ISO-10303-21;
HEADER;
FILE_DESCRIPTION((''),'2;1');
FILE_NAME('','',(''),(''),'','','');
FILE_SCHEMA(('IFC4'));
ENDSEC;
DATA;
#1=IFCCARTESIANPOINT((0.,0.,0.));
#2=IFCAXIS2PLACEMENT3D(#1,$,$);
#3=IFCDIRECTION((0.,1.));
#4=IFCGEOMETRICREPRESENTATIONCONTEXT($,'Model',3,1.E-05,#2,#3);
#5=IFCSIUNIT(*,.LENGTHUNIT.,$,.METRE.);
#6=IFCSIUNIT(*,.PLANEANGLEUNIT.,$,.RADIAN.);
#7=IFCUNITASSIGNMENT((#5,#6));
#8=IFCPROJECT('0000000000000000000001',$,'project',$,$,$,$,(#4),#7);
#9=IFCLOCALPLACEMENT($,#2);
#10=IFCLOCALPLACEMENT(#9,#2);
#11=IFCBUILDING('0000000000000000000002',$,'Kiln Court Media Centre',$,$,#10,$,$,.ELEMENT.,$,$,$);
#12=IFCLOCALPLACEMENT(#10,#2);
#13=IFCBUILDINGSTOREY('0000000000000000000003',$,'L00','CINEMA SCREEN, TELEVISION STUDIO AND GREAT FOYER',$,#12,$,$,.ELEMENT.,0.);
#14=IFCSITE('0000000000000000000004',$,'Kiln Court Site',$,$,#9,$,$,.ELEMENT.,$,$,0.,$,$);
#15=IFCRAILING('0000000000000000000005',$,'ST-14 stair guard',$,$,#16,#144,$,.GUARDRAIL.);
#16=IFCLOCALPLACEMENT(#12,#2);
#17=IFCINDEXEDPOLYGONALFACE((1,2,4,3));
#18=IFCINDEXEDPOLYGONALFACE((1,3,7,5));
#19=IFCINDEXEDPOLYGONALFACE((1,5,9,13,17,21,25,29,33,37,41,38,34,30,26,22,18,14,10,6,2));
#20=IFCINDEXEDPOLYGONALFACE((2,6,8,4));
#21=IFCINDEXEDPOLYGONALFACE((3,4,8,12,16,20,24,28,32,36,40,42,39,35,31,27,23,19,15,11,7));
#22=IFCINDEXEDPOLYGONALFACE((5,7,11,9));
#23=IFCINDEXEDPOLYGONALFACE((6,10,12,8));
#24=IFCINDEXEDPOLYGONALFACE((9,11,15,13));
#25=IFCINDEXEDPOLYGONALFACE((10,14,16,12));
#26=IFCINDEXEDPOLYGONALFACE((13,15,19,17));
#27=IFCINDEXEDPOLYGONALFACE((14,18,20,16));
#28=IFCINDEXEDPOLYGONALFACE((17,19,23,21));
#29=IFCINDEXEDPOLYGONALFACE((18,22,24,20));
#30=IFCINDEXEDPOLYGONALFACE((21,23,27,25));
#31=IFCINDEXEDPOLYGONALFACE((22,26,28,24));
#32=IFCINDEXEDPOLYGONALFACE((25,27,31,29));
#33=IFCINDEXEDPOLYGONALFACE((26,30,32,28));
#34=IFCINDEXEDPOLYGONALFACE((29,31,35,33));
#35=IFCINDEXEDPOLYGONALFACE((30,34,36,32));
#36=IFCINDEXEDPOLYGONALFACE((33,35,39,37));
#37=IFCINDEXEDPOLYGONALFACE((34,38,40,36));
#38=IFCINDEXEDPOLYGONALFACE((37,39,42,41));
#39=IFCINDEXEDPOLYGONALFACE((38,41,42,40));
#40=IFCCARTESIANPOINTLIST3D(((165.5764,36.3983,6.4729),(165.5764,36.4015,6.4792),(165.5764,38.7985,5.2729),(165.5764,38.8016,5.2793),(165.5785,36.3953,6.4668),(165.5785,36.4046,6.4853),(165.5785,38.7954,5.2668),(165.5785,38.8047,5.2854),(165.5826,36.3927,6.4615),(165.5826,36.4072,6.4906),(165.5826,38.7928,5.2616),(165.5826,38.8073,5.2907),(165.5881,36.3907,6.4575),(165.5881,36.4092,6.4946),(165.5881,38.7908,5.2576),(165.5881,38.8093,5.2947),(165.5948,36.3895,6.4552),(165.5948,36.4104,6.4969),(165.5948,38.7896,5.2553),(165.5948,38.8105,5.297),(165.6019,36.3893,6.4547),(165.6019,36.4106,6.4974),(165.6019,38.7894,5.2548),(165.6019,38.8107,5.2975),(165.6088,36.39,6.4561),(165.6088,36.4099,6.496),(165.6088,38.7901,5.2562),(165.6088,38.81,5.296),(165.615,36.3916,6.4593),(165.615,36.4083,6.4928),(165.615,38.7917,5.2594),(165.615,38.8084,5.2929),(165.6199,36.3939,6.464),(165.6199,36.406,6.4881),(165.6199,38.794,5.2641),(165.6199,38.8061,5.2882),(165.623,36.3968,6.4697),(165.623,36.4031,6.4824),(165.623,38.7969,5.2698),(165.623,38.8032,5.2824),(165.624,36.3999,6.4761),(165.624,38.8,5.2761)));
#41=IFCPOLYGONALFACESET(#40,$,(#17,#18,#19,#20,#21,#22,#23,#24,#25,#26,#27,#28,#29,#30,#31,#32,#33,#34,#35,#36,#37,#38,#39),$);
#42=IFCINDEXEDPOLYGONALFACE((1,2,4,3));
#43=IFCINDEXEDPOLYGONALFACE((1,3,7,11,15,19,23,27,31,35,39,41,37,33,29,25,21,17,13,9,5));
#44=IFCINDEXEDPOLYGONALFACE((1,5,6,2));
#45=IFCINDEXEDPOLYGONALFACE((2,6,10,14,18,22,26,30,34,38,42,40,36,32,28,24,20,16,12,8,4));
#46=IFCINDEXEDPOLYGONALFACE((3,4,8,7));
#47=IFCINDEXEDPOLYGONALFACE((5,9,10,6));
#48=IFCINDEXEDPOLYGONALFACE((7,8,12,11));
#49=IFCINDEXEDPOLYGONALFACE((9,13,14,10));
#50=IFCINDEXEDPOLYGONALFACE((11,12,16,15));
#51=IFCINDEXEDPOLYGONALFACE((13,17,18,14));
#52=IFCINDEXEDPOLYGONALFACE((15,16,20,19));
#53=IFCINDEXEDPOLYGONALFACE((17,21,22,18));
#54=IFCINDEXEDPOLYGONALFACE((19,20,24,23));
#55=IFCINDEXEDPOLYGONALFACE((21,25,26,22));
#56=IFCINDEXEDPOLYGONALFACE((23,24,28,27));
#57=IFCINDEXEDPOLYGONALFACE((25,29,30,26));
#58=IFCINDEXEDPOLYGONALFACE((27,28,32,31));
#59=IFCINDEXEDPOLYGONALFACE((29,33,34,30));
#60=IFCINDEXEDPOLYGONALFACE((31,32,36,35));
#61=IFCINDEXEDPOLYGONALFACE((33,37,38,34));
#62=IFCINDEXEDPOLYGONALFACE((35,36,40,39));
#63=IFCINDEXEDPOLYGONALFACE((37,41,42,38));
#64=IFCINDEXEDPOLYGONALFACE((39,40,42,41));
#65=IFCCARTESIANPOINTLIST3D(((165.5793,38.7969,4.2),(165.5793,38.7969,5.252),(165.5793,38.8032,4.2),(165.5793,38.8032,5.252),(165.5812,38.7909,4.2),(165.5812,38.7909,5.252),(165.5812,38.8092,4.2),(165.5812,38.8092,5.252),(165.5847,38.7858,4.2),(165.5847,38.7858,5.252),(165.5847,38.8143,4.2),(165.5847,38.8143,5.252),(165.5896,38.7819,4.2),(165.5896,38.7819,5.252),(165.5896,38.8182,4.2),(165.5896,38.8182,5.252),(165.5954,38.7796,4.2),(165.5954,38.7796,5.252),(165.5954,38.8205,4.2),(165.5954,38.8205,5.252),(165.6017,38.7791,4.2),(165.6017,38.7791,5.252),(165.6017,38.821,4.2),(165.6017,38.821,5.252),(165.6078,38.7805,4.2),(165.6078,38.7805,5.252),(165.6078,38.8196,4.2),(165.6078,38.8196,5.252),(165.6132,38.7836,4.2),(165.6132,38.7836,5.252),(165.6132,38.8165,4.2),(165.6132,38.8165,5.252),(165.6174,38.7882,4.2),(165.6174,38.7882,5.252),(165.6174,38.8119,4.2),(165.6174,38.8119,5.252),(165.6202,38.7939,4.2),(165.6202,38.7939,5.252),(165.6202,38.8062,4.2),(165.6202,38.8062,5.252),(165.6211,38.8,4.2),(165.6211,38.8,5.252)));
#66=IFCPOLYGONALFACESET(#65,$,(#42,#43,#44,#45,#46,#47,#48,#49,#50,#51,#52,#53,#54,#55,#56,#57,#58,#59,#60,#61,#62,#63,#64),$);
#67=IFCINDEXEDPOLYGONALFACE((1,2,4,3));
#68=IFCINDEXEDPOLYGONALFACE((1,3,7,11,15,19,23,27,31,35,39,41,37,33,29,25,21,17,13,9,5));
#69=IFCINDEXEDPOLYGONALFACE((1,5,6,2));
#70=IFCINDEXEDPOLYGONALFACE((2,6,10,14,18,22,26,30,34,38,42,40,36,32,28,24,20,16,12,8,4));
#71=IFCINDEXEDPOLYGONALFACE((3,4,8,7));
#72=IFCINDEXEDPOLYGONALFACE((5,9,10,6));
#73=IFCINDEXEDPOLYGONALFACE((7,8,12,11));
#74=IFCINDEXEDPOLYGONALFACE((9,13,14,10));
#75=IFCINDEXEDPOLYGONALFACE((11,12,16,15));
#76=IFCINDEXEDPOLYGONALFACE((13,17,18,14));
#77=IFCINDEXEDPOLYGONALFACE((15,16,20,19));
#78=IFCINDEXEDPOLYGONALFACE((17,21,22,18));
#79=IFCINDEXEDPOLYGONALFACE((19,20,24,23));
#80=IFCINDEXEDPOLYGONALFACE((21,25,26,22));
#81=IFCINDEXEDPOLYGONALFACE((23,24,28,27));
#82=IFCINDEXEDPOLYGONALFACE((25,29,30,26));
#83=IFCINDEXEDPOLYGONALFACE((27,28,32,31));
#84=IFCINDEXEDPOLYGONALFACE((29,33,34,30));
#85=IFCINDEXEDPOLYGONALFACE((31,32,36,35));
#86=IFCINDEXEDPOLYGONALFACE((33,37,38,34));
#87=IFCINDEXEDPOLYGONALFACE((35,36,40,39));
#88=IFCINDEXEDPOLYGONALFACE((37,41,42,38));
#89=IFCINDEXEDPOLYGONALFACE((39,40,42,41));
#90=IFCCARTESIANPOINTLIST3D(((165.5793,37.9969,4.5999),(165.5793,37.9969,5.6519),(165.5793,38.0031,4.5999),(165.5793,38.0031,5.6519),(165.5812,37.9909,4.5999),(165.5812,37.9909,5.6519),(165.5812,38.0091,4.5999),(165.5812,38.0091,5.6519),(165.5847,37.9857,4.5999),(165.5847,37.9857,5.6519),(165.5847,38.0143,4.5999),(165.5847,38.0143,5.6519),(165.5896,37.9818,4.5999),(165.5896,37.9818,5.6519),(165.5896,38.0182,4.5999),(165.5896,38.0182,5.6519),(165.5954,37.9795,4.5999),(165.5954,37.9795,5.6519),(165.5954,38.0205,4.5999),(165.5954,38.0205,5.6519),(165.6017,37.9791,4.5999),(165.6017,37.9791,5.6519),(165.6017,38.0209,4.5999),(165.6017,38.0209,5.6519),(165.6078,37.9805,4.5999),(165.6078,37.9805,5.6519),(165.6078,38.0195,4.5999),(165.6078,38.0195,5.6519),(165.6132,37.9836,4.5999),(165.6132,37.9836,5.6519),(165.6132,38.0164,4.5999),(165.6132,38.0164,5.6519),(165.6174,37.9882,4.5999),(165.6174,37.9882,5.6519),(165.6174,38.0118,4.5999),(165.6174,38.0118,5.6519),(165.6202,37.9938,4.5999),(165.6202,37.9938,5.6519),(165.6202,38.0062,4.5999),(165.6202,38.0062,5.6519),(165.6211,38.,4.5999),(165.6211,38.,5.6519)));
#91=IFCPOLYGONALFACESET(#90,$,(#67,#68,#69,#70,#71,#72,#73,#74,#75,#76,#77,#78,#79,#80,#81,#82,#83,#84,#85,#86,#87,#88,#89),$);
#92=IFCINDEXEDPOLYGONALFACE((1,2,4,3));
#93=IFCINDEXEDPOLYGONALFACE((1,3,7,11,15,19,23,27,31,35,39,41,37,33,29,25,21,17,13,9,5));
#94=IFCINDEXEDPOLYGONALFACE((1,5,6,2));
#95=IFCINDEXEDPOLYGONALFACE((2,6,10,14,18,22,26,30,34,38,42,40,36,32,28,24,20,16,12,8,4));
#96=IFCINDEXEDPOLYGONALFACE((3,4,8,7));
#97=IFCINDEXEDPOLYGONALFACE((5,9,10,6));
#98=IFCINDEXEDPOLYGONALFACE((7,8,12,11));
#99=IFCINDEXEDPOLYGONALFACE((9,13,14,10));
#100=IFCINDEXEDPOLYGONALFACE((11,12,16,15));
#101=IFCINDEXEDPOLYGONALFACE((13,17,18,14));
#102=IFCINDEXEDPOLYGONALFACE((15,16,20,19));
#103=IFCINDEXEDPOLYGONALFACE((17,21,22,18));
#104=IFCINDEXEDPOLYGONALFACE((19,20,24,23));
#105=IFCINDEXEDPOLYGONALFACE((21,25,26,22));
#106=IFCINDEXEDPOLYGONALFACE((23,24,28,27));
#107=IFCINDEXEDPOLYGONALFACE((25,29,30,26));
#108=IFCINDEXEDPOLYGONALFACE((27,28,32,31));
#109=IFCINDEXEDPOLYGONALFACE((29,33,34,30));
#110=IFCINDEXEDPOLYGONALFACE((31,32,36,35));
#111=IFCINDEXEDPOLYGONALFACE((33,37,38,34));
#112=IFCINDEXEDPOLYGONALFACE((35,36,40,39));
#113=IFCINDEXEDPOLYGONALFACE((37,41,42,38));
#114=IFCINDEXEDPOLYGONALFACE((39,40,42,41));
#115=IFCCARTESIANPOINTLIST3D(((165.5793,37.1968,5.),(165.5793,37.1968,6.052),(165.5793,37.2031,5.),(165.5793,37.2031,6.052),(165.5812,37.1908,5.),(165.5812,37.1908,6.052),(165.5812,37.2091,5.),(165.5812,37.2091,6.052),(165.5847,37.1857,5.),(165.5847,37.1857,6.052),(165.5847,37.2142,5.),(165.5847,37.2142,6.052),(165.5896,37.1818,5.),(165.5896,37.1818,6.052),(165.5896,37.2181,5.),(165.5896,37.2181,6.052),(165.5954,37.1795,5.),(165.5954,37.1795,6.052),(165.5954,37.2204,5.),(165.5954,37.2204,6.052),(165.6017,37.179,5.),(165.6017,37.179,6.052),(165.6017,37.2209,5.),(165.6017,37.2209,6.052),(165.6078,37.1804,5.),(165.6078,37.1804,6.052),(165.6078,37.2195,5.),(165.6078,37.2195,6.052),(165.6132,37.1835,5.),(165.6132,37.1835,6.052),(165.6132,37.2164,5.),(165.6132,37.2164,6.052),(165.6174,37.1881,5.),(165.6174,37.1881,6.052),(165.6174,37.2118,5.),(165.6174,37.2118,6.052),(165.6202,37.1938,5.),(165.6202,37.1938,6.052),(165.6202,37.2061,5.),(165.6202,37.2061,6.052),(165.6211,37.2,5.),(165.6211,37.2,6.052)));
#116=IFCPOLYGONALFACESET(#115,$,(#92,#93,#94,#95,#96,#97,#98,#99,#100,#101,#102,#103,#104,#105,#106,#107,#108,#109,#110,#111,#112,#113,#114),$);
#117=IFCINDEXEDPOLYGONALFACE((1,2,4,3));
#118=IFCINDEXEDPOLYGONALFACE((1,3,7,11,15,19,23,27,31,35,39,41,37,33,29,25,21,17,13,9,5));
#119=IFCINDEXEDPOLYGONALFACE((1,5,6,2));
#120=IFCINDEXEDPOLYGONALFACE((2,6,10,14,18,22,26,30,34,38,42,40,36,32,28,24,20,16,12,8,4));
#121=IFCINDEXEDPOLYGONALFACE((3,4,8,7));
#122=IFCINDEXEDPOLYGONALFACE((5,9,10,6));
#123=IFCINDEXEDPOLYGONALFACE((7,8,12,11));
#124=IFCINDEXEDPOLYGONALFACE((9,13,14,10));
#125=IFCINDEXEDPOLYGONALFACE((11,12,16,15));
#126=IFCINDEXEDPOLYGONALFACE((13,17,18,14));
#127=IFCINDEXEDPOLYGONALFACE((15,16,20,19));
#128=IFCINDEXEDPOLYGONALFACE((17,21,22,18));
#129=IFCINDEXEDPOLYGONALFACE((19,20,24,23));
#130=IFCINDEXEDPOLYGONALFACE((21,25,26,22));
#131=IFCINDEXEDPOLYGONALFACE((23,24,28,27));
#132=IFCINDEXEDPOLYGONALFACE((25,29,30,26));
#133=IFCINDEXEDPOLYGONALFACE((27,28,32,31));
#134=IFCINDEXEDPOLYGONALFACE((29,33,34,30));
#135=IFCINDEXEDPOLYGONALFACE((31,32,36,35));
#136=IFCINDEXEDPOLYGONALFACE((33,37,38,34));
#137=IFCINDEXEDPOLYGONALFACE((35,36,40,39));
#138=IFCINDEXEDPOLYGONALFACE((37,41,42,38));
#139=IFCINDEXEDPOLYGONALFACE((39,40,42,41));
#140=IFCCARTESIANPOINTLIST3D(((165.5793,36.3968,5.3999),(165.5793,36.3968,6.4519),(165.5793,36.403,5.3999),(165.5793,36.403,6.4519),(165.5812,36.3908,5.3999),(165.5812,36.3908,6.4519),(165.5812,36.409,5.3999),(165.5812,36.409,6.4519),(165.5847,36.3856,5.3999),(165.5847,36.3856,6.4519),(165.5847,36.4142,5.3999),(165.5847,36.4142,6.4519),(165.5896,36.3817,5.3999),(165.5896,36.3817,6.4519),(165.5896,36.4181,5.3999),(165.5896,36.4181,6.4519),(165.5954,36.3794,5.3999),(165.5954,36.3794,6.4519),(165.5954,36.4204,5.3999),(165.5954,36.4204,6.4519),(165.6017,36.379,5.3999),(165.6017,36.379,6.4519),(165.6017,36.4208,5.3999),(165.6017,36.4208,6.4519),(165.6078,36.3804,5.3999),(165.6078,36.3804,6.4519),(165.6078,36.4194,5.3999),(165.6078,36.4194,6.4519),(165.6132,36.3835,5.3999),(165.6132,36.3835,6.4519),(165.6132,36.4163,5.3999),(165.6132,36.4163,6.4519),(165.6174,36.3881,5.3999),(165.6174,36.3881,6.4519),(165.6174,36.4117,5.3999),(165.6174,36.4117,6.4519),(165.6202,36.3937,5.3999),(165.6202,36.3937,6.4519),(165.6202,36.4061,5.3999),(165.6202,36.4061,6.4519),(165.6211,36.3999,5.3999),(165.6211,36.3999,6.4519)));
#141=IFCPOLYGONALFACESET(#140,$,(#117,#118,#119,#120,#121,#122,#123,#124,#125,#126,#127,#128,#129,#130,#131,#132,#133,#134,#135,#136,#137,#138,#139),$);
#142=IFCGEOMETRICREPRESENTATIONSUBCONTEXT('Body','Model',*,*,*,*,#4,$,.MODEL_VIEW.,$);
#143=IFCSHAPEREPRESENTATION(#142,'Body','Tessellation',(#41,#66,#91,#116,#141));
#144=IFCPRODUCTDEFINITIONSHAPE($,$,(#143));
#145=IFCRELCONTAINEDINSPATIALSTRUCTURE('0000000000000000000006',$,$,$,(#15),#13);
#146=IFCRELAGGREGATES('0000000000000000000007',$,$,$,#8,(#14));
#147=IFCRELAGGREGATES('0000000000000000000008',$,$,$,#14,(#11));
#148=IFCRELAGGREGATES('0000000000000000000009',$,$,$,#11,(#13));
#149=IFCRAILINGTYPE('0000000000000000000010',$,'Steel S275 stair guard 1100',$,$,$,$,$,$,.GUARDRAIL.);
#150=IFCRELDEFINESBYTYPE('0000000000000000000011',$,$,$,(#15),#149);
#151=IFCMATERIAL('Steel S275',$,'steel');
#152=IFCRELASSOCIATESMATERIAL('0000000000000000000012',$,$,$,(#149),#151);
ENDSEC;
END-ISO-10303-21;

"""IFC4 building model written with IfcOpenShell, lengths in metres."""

from ifc_helpers import new_model, si_unit, direction, frame, origin, origin_2d, place, context, subcontext, project, spatial, circle, extrude, material, type_object, element, save


model = new_model("IFC4")

# Units and contexts
model_context = context("Model", 3, precision=1e-05, world=origin(), true_north=direction((0.0, 1.0)))
body_context = subcontext(model_context, "Body", "Model", "MODEL_VIEW")
ifc_project = project(units=[si_unit("LENGTHUNIT", "METRE"), si_unit("PLANEANGLEUNIT", "RADIAN")], contexts=[model_context])

# Site, building, storey
site_placement = place(None, origin())
site = spatial("IfcSite", under=ifc_project, at=site_placement, Name="Kiln Court Site", CompositionType="ELEMENT", RefElevation=0.0)
building_placement = place(site_placement, origin())
building = spatial("IfcBuilding", under=site, at=building_placement, Name="Kiln Court Media Centre", CompositionType="ELEMENT")
storey_placement = place(building_placement, origin())
storey = spatial("IfcBuildingStorey", under=building, at=storey_placement, Name="L00", Description="CINEMA SCREEN, TELEVISION STUDIO AND GREAT FOYER", CompositionType="ELEMENT", Elevation=0.0)

# Railing
ifc_material_1 = material(Name="Steel S275", Category="steel")
railing_type_1 = type_object("IfcRailingType", Name="Steel S275 stair guard 1100", PredefinedType="GUARDRAIL", material=ifc_material_1)
railing_1_placement = place(storey_placement, frame((165.6001, 38.8, 4.2)))
element("IfcRailing", 1, at=railing_1_placement, inside=storey, type_object=railing_type_1, Name="ST-14 stair guard", PredefinedType="GUARDRAIL", context=body_context, shape_type="SweptSolid", body=[
    extrude(circle(Radius=0.0239, at=origin_2d()), frame((0.0, 0.0, 1.0762), z_axis=(0.0, -0.894445, 0.447177), x_axis=(1.0, 0.0, 0.0)), (0.0, 0.0, 1.0), 2.6833),
    extrude(circle(Radius=0.021, at=origin_2d()), origin(), (0.0, 0.0, 1.0), 1.052),
    extrude(circle(Radius=0.021, at=origin_2d()), frame((0.0, -0.8, 0.3999)), (0.0, 0.0, 1.0), 1.052),
    extrude(circle(Radius=0.021, at=origin_2d()), frame((0.0, -1.6001, 0.8)), (0.0, 0.0, 1.0), 1.052),
    extrude(circle(Radius=0.021, at=origin_2d()), frame((0.0, -2.4001, 1.2)), (0.0, 0.0, 1.0), 1.052),
])

save(model, "model.ifc")
